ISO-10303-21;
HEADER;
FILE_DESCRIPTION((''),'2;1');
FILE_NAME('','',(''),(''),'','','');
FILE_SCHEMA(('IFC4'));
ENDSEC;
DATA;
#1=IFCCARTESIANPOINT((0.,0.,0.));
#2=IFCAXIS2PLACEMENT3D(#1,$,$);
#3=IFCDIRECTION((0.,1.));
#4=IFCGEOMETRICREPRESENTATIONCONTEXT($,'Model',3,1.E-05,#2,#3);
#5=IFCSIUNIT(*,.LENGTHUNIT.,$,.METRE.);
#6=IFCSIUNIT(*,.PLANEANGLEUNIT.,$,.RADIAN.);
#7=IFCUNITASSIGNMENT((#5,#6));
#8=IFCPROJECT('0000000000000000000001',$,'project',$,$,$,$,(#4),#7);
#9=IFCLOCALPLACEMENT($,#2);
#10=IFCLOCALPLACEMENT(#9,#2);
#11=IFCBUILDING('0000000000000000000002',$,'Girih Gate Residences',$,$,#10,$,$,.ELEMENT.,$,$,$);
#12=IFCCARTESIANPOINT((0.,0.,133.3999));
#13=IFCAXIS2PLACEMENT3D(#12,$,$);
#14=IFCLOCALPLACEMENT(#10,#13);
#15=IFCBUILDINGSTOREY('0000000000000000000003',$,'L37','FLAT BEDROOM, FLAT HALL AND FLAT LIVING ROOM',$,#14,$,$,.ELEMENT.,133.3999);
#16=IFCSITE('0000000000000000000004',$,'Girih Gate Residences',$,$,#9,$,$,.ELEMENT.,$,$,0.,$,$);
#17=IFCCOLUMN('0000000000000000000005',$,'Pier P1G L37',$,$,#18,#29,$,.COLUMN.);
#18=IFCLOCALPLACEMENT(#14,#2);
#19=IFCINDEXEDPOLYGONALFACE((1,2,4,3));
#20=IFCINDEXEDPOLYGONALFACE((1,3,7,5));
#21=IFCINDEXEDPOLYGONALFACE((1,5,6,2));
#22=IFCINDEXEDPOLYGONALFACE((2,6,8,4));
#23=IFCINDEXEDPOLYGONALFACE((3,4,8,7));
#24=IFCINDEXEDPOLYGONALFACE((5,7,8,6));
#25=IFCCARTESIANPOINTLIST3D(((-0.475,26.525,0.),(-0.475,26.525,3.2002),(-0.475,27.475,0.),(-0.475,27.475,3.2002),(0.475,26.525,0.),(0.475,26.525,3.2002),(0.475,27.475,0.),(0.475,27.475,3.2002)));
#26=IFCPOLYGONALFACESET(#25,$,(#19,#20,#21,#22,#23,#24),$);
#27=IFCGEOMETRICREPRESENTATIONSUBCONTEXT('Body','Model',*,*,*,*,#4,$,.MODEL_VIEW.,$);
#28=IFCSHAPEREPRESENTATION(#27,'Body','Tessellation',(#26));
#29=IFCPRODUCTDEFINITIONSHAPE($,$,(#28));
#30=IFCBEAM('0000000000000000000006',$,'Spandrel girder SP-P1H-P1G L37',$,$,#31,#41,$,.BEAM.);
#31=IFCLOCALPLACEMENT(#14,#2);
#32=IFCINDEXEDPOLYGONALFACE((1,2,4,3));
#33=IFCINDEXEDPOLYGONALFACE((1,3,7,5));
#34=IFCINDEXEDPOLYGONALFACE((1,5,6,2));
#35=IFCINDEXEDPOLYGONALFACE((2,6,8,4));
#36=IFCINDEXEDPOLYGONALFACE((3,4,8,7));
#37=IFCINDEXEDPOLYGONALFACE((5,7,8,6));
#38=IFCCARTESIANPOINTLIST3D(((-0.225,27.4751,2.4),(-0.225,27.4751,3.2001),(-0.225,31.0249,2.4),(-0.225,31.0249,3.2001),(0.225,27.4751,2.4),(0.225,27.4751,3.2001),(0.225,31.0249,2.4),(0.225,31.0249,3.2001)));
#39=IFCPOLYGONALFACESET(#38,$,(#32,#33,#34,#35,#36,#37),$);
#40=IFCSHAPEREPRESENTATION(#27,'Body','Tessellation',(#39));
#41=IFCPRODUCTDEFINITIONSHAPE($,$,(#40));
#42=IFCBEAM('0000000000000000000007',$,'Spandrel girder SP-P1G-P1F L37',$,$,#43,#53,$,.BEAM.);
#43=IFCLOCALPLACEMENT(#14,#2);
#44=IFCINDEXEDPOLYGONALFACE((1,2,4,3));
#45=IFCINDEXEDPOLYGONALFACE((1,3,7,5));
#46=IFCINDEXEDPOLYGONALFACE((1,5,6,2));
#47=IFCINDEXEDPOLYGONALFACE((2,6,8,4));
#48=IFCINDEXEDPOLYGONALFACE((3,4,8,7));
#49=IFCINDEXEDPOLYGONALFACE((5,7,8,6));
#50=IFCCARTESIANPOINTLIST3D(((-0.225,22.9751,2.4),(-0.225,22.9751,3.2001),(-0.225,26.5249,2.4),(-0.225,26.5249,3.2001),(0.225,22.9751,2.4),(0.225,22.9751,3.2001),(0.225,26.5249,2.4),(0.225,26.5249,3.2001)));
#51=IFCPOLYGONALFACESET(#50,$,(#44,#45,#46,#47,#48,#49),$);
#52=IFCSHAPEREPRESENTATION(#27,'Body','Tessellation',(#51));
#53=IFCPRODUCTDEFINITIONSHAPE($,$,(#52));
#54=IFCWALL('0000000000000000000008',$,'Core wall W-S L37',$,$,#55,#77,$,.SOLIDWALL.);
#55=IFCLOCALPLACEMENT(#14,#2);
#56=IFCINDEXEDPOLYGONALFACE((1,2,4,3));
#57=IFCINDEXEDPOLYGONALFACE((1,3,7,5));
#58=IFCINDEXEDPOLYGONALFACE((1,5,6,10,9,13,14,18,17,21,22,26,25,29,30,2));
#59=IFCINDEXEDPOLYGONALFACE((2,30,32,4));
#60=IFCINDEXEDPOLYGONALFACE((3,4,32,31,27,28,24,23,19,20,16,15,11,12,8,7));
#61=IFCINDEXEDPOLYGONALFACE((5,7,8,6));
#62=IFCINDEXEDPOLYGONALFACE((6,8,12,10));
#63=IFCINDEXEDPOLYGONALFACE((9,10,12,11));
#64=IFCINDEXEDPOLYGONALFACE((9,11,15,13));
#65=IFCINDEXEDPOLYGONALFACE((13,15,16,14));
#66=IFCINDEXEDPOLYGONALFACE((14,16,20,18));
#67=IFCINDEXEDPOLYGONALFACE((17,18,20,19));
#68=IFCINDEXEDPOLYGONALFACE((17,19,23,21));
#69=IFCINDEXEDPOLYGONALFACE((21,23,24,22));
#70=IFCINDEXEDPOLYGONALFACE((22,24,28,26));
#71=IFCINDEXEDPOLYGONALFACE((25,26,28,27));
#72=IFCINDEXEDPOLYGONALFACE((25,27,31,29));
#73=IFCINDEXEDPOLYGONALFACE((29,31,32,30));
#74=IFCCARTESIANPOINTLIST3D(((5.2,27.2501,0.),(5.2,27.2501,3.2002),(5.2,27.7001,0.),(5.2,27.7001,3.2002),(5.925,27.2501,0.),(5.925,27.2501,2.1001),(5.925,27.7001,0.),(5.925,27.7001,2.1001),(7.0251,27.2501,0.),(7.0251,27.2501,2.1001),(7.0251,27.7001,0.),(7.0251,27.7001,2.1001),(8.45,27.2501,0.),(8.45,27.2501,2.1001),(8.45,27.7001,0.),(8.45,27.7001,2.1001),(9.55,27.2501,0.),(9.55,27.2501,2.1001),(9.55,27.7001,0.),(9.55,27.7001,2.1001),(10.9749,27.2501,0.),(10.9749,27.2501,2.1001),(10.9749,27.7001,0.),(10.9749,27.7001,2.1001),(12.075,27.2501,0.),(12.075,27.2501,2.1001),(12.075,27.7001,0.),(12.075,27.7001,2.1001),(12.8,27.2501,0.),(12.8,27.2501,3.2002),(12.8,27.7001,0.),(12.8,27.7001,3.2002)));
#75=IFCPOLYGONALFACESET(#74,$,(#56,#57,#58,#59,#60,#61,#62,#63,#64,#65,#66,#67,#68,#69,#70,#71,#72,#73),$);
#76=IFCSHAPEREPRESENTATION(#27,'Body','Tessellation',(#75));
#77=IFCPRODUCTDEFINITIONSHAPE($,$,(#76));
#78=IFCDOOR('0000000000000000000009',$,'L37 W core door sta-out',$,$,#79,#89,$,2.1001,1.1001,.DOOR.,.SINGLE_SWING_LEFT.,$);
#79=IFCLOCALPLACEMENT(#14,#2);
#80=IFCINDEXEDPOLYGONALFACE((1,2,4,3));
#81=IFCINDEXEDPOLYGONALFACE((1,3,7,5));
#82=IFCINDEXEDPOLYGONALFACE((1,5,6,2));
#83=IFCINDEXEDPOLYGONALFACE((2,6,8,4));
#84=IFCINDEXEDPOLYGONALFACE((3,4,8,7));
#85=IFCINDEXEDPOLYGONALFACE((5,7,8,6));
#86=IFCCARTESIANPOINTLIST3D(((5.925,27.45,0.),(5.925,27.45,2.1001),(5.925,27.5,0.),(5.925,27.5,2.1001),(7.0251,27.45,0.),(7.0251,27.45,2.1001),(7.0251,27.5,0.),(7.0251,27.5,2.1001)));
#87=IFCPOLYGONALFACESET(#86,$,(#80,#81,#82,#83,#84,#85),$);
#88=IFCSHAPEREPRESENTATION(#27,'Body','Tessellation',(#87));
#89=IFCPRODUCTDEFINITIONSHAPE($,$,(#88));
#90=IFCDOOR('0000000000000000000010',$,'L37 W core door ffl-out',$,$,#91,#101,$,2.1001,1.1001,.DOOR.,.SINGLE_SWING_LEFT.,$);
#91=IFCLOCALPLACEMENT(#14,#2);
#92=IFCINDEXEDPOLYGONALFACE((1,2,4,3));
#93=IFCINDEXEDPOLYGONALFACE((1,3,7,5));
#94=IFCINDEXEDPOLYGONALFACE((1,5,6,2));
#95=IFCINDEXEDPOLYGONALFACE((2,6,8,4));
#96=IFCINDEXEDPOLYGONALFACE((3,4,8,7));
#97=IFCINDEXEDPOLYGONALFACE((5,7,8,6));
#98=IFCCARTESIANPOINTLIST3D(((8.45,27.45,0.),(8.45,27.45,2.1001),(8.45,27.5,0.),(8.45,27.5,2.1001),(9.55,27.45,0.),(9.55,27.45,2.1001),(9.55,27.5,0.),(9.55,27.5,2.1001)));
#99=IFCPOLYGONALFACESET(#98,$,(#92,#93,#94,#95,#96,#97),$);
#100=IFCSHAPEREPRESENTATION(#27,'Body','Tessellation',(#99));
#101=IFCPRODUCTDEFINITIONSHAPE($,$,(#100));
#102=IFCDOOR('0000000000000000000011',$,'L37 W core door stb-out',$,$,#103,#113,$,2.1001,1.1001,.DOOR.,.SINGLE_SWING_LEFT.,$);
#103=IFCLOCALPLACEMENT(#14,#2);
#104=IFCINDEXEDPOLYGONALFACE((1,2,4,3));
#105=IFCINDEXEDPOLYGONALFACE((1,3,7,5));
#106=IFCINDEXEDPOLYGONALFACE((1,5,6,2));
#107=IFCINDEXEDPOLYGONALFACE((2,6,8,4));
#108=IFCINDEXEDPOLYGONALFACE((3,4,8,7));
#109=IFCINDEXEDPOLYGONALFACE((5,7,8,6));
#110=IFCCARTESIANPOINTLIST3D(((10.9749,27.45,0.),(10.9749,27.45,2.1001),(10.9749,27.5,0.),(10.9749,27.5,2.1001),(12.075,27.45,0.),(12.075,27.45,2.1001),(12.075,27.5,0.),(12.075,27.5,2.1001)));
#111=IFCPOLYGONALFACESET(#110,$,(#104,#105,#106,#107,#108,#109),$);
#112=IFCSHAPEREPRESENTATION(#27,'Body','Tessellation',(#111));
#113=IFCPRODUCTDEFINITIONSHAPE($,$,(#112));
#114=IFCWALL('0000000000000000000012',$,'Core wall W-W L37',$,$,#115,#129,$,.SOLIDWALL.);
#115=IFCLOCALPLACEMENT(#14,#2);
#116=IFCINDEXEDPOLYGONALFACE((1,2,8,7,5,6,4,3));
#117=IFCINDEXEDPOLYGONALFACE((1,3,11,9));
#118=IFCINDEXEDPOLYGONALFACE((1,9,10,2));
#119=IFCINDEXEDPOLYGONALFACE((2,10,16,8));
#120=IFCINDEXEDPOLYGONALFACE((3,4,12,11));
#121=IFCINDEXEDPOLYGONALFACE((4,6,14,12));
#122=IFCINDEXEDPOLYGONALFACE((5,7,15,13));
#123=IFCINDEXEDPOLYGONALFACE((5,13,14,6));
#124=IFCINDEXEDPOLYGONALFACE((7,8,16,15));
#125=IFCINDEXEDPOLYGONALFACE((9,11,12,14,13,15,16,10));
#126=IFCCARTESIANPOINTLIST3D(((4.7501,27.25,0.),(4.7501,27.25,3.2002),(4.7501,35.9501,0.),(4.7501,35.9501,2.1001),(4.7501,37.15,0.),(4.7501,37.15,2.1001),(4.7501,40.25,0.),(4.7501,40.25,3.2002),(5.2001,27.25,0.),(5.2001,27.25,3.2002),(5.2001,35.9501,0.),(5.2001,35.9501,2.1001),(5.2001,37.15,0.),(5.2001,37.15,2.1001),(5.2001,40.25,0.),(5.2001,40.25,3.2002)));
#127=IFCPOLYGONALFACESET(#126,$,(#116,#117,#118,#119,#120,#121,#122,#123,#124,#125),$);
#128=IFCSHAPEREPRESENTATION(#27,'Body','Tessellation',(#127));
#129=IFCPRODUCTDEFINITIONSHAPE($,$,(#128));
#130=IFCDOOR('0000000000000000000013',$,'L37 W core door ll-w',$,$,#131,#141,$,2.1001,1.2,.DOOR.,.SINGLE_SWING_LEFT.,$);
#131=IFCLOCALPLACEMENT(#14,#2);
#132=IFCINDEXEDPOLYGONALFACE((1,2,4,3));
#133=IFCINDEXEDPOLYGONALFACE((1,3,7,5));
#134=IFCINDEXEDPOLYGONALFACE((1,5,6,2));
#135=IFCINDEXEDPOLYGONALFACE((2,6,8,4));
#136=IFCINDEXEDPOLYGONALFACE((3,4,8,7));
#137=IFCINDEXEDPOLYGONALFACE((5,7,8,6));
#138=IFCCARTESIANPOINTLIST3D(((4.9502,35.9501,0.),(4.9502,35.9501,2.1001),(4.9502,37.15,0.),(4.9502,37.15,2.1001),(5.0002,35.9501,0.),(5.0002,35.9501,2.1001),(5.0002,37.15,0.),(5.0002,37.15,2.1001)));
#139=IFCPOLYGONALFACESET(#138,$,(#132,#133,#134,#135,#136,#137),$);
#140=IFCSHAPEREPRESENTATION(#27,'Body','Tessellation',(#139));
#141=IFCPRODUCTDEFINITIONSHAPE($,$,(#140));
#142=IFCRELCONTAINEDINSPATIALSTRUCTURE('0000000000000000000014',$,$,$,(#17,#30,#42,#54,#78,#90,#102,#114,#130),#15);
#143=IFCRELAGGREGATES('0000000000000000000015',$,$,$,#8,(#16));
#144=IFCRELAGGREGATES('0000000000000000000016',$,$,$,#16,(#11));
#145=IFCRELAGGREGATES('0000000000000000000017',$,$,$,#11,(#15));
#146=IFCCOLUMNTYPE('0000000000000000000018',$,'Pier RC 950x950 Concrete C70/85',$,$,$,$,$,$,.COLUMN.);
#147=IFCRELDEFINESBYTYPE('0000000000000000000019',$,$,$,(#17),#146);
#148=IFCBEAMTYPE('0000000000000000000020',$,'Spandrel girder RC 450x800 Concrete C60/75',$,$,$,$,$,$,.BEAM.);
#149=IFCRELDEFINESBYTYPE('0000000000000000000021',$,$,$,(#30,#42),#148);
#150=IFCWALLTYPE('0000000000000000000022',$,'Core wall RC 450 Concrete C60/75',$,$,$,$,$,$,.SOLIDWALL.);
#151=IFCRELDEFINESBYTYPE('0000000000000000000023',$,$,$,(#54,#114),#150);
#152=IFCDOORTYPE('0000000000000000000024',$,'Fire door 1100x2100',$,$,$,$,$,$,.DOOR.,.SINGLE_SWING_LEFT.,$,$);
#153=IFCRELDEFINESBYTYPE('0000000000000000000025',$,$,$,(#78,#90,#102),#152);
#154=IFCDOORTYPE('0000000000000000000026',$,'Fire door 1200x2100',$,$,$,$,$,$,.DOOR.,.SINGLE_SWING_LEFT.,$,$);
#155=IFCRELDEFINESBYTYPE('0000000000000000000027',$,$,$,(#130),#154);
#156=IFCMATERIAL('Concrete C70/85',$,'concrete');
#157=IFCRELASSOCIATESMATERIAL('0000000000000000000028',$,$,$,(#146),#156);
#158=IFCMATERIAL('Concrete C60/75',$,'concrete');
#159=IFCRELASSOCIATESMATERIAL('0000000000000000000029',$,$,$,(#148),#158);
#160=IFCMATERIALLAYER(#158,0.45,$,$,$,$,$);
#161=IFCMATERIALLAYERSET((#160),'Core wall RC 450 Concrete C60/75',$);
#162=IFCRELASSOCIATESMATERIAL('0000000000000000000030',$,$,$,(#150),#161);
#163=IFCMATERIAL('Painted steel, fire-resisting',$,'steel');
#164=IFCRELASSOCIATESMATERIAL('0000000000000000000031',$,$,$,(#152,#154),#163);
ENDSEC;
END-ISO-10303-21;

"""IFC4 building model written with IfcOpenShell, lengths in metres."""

from ifc_helpers import new_model, si_unit, direction, frame, frame_2d, origin, origin_2d, place, context, subcontext, project, spatial, rectangle, extrude, material, layer, layer_set, material_profile, profile_set, type_object, element, fill, save


model = new_model("IFC4")

# Units and contexts
model_context = context("Model", 3, precision=1e-05, world=origin(), true_north=direction((0.0, 1.0)))
body_context = subcontext(model_context, "Body", "Model", "MODEL_VIEW")
ifc_project = project(units=[si_unit("LENGTHUNIT", "METRE"), si_unit("PLANEANGLEUNIT", "RADIAN")], contexts=[model_context])

# Site, building, storey
site_placement = place(None, origin())
site = spatial("IfcSite", under=ifc_project, at=site_placement, Name="Girih Gate Residences", CompositionType="ELEMENT", RefElevation=0.0)
building_placement = place(site_placement, origin())
building = spatial("IfcBuilding", under=site, at=building_placement, Name="Girih Gate Residences", CompositionType="ELEMENT")
storey_placement = place(building_placement, frame((0.0, 0.0, 133.3999)))
storey = spatial("IfcBuildingStorey", under=building, at=storey_placement, Name="L37", Description="FLAT BEDROOM, FLAT HALL AND FLAT LIVING ROOM", CompositionType="ELEMENT", Elevation=133.3999)

# Column
ifc_material_1 = material(Name="Concrete C70/85", Category="concrete")
ifc_material_profile_1 = material_profile(ifc_material_1, rectangle(XDim=0.95, YDim=0.95, at=origin_2d()))
ifc_profile_set_1 = profile_set([ifc_material_profile_1], Name="Concrete C70/85")
column_type = type_object("IfcColumnType", Name="Pier RC 950x950 Concrete C70/85", PredefinedType="COLUMN", material=ifc_profile_set_1)
column_placement = place(storey_placement, frame((0.0, 27.0, 0.0), z_axis=(0.0, 0.0, 1.0), x_axis=(1.0, 0.0, 0.0)))
element("IfcColumn", 1, at=column_placement, inside=storey, type_object=column_type, Name="Pier P1G L37", PredefinedType="COLUMN", context=body_context, shape_type="SweptSolid", body=[
    extrude(rectangle(XDim=0.95, YDim=0.95, at=origin_2d()), origin(), (0.0, 0.0, 1.0), 3.2002),
])

# Beams
ifc_material_2 = material(Name="Concrete C60/75", Category="concrete")
ifc_material_profile_2 = material_profile(ifc_material_2, rectangle(XDim=0.45, YDim=0.8, at=origin_2d()))
ifc_profile_set_2 = profile_set([ifc_material_profile_2], Name="Concrete C60/75")
beam_type = type_object("IfcBeamType", Name="Spandrel girder RC 450x800 Concrete C60/75", PredefinedType="BEAM", material=ifc_profile_set_2)
for number, where, z_axis, x_axis, name in (
    (2, (0.0, 31.0249, 2.8), (0.0, -1.0, 0.0), (1.0, 0.0, 0.0), "Spandrel girder SP-P1H-P1G L37"),
    (3, (0.0, 26.5249, 2.8), (0.0, -1.0, 0.0), (1.0, 0.0, 0.0), "Spandrel girder SP-P1G-P1F L37"),
):
    element("IfcBeam", number, at=place(storey_placement, frame(where, z_axis=z_axis, x_axis=x_axis)), inside=storey, type_object=beam_type, Name=name, PredefinedType="BEAM", context=body_context, shape_type="SweptSolid", body=[
        extrude(rectangle(XDim=0.45, YDim=0.8, at=origin_2d()), origin(), (0.0, 0.0, 1.0), 3.5498),
    ])

# Wall, openings, doors
ifc_layer_1 = layer(ifc_material_2, 0.45)
ifc_layer_set_1 = layer_set([ifc_layer_1], Name="Core wall RC 450 Concrete C60/75")
wall_type_1 = type_object("IfcWallType", Name="Core wall RC 450 Concrete C60/75", PredefinedType="SOLIDWALL", material=ifc_layer_set_1)
wall_1_placement = place(storey_placement, frame((5.2, 27.4751, 0.0), z_axis=(0.0, 0.0, 1.0), x_axis=(1.0, 0.0, 0.0)))
wall_1 = element("IfcWall", 4, at=wall_1_placement, inside=storey, type_object=wall_type_1, Name="Core wall W-S L37", PredefinedType="SOLIDWALL", context=body_context, shape_type="SweptSolid", body=[
    extrude(rectangle(XDim=7.6001, YDim=0.45, at=frame_2d((3.8, 0.0))), origin(), (0.0, 0.0, 1.0), 3.2002),
])
opening_1_placement = place(wall_1_placement, frame((0.7251, 0.0, 0.0)))
opening_1 = element("IfcOpeningElement", 5, at=opening_1_placement, cuts=wall_1, PredefinedType="OPENING", context=body_context, shape_type="SweptSolid", body=[
    extrude(rectangle(XDim=1.1001, YDim=2.1001, at=frame_2d((0.55, 1.05))), frame((0.0, 0.2349, 0.0), z_axis=(0.0, -1.0, 0.0), x_axis=(1.0, 0.0, 0.0)), (0.0, 0.0, 1.0), 0.47),
])
opening_2_placement = place(wall_1_placement, frame((3.25, 0.0, 0.0)))
opening_2 = element("IfcOpeningElement", 6, at=opening_2_placement, cuts=wall_1, PredefinedType="OPENING", context=body_context, shape_type="SweptSolid", body=[
    extrude(rectangle(XDim=1.1001, YDim=2.1001, at=frame_2d((0.55, 1.05))), frame((0.0, 0.2349, 0.0), z_axis=(0.0, -1.0, 0.0), x_axis=(1.0, 0.0, 0.0)), (0.0, 0.0, 1.0), 0.47),
])
opening_3_placement = place(wall_1_placement, frame((5.7749, 0.0, 0.0)))
opening_3 = element("IfcOpeningElement", 7, at=opening_3_placement, cuts=wall_1, PredefinedType="OPENING", context=body_context, shape_type="SweptSolid", body=[
    extrude(rectangle(XDim=1.1001, YDim=2.1001, at=frame_2d((0.55, 1.05))), frame((0.0, 0.2349, 0.0), z_axis=(0.0, -1.0, 0.0), x_axis=(1.0, 0.0, 0.0)), (0.0, 0.0, 1.0), 0.47),
])
ifc_material_3 = material(Name="Painted steel, fire-resisting", Category="steel")
door_type_1 = type_object("IfcDoorType", Name="Fire door 1100x2100", OperationType="SINGLE_SWING_LEFT", PredefinedType="DOOR", material=ifc_material_3)
door_1_placement = place(opening_1_placement, origin())
door_1 = element("IfcDoor", 8, at=door_1_placement, inside=storey, type_object=door_type_1, Name="L37 W core door sta-out", OperationType="SINGLE_SWING_LEFT", OverallHeight=2.1001, OverallWidth=1.1001, PredefinedType="DOOR", context=body_context, shape_type="SweptSolid", body=[
    extrude(rectangle(XDim=1.1001, YDim=2.1001, at=frame_2d((0.55, 1.05))), frame((0.0, 0.0249, 0.0), z_axis=(0.0, -1.0, 0.0), x_axis=(1.0, 0.0, 0.0)), (0.0, 0.0, 1.0), 0.05),
])
fill(opening_1, door_1)
door_2_placement = place(opening_2_placement, origin())
door_2 = element("IfcDoor", 9, at=door_2_placement, inside=storey, type_object=door_type_1, Name="L37 W core door ffl-out", OperationType="SINGLE_SWING_LEFT", OverallHeight=2.1001, OverallWidth=1.1001, PredefinedType="DOOR", context=body_context, shape_type="SweptSolid", body=[
    extrude(rectangle(XDim=1.1001, YDim=2.1001, at=frame_2d((0.55, 1.05))), frame((0.0, 0.0249, 0.0), z_axis=(0.0, -1.0, 0.0), x_axis=(1.0, 0.0, 0.0)), (0.0, 0.0, 1.0), 0.05),
])
fill(opening_2, door_2)
door_3_placement = place(opening_3_placement, origin())
door_3 = element("IfcDoor", 10, at=door_3_placement, inside=storey, type_object=door_type_1, Name="L37 W core door stb-out", OperationType="SINGLE_SWING_LEFT", OverallHeight=2.1001, OverallWidth=1.1001, PredefinedType="DOOR", context=body_context, shape_type="SweptSolid", body=[
    extrude(rectangle(XDim=1.1001, YDim=2.1001, at=frame_2d((0.55, 1.05))), frame((0.0, 0.0249, 0.0), z_axis=(0.0, -1.0, 0.0), x_axis=(1.0, 0.0, 0.0)), (0.0, 0.0, 1.0), 0.05),
])
fill(opening_3, door_3)

# Wall, opening, door
wall_2_placement = place(storey_placement, frame((4.9751, 27.25, 0.0), z_axis=(0.0, 0.0, 1.0), x_axis=(0.0, 1.0, 0.0)))
wall_2 = element("IfcWall", 11, at=wall_2_placement, inside=storey, type_object=wall_type_1, Name="Core wall W-W L37", PredefinedType="SOLIDWALL", context=body_context, shape_type="SweptSolid", body=[
    extrude(rectangle(XDim=13.0, YDim=0.45, at=frame_2d((6.5, 0.0))), origin(), (0.0, 0.0, 1.0), 3.2002),
])
opening_4_placement = place(wall_2_placement, frame((8.7, 0.0, 0.0)))
opening_4 = element("IfcOpeningElement", 12, at=opening_4_placement, cuts=wall_2, PredefinedType="OPENING", context=body_context, shape_type="SweptSolid", body=[
    extrude(rectangle(XDim=1.2, YDim=2.1001, at=frame_2d((0.6001, 1.05))), frame((0.0, 0.2349, 0.0), z_axis=(0.0, -1.0, 0.0), x_axis=(1.0, 0.0, 0.0)), (0.0, 0.0, 1.0), 0.47),
])
door_type_2 = type_object("IfcDoorType", Name="Fire door 1200x2100", OperationType="SINGLE_SWING_LEFT", PredefinedType="DOOR", material=ifc_material_3)
door_4_placement = place(opening_4_placement, origin())
door_4 = element("IfcDoor", 13, at=door_4_placement, inside=storey, type_object=door_type_2, Name="L37 W core door ll-w", OperationType="SINGLE_SWING_LEFT", OverallHeight=2.1001, OverallWidth=1.2, PredefinedType="DOOR", context=body_context, shape_type="SweptSolid", body=[
    extrude(rectangle(XDim=1.2, YDim=2.1001, at=frame_2d((0.6001, 1.05))), frame((0.0, 0.0249, 0.0), z_axis=(0.0, -1.0, 0.0), x_axis=(1.0, 0.0, 0.0)), (0.0, 0.0, 1.0), 0.05),
])
fill(opening_4, door_4)

save(model, "model.ifc")
